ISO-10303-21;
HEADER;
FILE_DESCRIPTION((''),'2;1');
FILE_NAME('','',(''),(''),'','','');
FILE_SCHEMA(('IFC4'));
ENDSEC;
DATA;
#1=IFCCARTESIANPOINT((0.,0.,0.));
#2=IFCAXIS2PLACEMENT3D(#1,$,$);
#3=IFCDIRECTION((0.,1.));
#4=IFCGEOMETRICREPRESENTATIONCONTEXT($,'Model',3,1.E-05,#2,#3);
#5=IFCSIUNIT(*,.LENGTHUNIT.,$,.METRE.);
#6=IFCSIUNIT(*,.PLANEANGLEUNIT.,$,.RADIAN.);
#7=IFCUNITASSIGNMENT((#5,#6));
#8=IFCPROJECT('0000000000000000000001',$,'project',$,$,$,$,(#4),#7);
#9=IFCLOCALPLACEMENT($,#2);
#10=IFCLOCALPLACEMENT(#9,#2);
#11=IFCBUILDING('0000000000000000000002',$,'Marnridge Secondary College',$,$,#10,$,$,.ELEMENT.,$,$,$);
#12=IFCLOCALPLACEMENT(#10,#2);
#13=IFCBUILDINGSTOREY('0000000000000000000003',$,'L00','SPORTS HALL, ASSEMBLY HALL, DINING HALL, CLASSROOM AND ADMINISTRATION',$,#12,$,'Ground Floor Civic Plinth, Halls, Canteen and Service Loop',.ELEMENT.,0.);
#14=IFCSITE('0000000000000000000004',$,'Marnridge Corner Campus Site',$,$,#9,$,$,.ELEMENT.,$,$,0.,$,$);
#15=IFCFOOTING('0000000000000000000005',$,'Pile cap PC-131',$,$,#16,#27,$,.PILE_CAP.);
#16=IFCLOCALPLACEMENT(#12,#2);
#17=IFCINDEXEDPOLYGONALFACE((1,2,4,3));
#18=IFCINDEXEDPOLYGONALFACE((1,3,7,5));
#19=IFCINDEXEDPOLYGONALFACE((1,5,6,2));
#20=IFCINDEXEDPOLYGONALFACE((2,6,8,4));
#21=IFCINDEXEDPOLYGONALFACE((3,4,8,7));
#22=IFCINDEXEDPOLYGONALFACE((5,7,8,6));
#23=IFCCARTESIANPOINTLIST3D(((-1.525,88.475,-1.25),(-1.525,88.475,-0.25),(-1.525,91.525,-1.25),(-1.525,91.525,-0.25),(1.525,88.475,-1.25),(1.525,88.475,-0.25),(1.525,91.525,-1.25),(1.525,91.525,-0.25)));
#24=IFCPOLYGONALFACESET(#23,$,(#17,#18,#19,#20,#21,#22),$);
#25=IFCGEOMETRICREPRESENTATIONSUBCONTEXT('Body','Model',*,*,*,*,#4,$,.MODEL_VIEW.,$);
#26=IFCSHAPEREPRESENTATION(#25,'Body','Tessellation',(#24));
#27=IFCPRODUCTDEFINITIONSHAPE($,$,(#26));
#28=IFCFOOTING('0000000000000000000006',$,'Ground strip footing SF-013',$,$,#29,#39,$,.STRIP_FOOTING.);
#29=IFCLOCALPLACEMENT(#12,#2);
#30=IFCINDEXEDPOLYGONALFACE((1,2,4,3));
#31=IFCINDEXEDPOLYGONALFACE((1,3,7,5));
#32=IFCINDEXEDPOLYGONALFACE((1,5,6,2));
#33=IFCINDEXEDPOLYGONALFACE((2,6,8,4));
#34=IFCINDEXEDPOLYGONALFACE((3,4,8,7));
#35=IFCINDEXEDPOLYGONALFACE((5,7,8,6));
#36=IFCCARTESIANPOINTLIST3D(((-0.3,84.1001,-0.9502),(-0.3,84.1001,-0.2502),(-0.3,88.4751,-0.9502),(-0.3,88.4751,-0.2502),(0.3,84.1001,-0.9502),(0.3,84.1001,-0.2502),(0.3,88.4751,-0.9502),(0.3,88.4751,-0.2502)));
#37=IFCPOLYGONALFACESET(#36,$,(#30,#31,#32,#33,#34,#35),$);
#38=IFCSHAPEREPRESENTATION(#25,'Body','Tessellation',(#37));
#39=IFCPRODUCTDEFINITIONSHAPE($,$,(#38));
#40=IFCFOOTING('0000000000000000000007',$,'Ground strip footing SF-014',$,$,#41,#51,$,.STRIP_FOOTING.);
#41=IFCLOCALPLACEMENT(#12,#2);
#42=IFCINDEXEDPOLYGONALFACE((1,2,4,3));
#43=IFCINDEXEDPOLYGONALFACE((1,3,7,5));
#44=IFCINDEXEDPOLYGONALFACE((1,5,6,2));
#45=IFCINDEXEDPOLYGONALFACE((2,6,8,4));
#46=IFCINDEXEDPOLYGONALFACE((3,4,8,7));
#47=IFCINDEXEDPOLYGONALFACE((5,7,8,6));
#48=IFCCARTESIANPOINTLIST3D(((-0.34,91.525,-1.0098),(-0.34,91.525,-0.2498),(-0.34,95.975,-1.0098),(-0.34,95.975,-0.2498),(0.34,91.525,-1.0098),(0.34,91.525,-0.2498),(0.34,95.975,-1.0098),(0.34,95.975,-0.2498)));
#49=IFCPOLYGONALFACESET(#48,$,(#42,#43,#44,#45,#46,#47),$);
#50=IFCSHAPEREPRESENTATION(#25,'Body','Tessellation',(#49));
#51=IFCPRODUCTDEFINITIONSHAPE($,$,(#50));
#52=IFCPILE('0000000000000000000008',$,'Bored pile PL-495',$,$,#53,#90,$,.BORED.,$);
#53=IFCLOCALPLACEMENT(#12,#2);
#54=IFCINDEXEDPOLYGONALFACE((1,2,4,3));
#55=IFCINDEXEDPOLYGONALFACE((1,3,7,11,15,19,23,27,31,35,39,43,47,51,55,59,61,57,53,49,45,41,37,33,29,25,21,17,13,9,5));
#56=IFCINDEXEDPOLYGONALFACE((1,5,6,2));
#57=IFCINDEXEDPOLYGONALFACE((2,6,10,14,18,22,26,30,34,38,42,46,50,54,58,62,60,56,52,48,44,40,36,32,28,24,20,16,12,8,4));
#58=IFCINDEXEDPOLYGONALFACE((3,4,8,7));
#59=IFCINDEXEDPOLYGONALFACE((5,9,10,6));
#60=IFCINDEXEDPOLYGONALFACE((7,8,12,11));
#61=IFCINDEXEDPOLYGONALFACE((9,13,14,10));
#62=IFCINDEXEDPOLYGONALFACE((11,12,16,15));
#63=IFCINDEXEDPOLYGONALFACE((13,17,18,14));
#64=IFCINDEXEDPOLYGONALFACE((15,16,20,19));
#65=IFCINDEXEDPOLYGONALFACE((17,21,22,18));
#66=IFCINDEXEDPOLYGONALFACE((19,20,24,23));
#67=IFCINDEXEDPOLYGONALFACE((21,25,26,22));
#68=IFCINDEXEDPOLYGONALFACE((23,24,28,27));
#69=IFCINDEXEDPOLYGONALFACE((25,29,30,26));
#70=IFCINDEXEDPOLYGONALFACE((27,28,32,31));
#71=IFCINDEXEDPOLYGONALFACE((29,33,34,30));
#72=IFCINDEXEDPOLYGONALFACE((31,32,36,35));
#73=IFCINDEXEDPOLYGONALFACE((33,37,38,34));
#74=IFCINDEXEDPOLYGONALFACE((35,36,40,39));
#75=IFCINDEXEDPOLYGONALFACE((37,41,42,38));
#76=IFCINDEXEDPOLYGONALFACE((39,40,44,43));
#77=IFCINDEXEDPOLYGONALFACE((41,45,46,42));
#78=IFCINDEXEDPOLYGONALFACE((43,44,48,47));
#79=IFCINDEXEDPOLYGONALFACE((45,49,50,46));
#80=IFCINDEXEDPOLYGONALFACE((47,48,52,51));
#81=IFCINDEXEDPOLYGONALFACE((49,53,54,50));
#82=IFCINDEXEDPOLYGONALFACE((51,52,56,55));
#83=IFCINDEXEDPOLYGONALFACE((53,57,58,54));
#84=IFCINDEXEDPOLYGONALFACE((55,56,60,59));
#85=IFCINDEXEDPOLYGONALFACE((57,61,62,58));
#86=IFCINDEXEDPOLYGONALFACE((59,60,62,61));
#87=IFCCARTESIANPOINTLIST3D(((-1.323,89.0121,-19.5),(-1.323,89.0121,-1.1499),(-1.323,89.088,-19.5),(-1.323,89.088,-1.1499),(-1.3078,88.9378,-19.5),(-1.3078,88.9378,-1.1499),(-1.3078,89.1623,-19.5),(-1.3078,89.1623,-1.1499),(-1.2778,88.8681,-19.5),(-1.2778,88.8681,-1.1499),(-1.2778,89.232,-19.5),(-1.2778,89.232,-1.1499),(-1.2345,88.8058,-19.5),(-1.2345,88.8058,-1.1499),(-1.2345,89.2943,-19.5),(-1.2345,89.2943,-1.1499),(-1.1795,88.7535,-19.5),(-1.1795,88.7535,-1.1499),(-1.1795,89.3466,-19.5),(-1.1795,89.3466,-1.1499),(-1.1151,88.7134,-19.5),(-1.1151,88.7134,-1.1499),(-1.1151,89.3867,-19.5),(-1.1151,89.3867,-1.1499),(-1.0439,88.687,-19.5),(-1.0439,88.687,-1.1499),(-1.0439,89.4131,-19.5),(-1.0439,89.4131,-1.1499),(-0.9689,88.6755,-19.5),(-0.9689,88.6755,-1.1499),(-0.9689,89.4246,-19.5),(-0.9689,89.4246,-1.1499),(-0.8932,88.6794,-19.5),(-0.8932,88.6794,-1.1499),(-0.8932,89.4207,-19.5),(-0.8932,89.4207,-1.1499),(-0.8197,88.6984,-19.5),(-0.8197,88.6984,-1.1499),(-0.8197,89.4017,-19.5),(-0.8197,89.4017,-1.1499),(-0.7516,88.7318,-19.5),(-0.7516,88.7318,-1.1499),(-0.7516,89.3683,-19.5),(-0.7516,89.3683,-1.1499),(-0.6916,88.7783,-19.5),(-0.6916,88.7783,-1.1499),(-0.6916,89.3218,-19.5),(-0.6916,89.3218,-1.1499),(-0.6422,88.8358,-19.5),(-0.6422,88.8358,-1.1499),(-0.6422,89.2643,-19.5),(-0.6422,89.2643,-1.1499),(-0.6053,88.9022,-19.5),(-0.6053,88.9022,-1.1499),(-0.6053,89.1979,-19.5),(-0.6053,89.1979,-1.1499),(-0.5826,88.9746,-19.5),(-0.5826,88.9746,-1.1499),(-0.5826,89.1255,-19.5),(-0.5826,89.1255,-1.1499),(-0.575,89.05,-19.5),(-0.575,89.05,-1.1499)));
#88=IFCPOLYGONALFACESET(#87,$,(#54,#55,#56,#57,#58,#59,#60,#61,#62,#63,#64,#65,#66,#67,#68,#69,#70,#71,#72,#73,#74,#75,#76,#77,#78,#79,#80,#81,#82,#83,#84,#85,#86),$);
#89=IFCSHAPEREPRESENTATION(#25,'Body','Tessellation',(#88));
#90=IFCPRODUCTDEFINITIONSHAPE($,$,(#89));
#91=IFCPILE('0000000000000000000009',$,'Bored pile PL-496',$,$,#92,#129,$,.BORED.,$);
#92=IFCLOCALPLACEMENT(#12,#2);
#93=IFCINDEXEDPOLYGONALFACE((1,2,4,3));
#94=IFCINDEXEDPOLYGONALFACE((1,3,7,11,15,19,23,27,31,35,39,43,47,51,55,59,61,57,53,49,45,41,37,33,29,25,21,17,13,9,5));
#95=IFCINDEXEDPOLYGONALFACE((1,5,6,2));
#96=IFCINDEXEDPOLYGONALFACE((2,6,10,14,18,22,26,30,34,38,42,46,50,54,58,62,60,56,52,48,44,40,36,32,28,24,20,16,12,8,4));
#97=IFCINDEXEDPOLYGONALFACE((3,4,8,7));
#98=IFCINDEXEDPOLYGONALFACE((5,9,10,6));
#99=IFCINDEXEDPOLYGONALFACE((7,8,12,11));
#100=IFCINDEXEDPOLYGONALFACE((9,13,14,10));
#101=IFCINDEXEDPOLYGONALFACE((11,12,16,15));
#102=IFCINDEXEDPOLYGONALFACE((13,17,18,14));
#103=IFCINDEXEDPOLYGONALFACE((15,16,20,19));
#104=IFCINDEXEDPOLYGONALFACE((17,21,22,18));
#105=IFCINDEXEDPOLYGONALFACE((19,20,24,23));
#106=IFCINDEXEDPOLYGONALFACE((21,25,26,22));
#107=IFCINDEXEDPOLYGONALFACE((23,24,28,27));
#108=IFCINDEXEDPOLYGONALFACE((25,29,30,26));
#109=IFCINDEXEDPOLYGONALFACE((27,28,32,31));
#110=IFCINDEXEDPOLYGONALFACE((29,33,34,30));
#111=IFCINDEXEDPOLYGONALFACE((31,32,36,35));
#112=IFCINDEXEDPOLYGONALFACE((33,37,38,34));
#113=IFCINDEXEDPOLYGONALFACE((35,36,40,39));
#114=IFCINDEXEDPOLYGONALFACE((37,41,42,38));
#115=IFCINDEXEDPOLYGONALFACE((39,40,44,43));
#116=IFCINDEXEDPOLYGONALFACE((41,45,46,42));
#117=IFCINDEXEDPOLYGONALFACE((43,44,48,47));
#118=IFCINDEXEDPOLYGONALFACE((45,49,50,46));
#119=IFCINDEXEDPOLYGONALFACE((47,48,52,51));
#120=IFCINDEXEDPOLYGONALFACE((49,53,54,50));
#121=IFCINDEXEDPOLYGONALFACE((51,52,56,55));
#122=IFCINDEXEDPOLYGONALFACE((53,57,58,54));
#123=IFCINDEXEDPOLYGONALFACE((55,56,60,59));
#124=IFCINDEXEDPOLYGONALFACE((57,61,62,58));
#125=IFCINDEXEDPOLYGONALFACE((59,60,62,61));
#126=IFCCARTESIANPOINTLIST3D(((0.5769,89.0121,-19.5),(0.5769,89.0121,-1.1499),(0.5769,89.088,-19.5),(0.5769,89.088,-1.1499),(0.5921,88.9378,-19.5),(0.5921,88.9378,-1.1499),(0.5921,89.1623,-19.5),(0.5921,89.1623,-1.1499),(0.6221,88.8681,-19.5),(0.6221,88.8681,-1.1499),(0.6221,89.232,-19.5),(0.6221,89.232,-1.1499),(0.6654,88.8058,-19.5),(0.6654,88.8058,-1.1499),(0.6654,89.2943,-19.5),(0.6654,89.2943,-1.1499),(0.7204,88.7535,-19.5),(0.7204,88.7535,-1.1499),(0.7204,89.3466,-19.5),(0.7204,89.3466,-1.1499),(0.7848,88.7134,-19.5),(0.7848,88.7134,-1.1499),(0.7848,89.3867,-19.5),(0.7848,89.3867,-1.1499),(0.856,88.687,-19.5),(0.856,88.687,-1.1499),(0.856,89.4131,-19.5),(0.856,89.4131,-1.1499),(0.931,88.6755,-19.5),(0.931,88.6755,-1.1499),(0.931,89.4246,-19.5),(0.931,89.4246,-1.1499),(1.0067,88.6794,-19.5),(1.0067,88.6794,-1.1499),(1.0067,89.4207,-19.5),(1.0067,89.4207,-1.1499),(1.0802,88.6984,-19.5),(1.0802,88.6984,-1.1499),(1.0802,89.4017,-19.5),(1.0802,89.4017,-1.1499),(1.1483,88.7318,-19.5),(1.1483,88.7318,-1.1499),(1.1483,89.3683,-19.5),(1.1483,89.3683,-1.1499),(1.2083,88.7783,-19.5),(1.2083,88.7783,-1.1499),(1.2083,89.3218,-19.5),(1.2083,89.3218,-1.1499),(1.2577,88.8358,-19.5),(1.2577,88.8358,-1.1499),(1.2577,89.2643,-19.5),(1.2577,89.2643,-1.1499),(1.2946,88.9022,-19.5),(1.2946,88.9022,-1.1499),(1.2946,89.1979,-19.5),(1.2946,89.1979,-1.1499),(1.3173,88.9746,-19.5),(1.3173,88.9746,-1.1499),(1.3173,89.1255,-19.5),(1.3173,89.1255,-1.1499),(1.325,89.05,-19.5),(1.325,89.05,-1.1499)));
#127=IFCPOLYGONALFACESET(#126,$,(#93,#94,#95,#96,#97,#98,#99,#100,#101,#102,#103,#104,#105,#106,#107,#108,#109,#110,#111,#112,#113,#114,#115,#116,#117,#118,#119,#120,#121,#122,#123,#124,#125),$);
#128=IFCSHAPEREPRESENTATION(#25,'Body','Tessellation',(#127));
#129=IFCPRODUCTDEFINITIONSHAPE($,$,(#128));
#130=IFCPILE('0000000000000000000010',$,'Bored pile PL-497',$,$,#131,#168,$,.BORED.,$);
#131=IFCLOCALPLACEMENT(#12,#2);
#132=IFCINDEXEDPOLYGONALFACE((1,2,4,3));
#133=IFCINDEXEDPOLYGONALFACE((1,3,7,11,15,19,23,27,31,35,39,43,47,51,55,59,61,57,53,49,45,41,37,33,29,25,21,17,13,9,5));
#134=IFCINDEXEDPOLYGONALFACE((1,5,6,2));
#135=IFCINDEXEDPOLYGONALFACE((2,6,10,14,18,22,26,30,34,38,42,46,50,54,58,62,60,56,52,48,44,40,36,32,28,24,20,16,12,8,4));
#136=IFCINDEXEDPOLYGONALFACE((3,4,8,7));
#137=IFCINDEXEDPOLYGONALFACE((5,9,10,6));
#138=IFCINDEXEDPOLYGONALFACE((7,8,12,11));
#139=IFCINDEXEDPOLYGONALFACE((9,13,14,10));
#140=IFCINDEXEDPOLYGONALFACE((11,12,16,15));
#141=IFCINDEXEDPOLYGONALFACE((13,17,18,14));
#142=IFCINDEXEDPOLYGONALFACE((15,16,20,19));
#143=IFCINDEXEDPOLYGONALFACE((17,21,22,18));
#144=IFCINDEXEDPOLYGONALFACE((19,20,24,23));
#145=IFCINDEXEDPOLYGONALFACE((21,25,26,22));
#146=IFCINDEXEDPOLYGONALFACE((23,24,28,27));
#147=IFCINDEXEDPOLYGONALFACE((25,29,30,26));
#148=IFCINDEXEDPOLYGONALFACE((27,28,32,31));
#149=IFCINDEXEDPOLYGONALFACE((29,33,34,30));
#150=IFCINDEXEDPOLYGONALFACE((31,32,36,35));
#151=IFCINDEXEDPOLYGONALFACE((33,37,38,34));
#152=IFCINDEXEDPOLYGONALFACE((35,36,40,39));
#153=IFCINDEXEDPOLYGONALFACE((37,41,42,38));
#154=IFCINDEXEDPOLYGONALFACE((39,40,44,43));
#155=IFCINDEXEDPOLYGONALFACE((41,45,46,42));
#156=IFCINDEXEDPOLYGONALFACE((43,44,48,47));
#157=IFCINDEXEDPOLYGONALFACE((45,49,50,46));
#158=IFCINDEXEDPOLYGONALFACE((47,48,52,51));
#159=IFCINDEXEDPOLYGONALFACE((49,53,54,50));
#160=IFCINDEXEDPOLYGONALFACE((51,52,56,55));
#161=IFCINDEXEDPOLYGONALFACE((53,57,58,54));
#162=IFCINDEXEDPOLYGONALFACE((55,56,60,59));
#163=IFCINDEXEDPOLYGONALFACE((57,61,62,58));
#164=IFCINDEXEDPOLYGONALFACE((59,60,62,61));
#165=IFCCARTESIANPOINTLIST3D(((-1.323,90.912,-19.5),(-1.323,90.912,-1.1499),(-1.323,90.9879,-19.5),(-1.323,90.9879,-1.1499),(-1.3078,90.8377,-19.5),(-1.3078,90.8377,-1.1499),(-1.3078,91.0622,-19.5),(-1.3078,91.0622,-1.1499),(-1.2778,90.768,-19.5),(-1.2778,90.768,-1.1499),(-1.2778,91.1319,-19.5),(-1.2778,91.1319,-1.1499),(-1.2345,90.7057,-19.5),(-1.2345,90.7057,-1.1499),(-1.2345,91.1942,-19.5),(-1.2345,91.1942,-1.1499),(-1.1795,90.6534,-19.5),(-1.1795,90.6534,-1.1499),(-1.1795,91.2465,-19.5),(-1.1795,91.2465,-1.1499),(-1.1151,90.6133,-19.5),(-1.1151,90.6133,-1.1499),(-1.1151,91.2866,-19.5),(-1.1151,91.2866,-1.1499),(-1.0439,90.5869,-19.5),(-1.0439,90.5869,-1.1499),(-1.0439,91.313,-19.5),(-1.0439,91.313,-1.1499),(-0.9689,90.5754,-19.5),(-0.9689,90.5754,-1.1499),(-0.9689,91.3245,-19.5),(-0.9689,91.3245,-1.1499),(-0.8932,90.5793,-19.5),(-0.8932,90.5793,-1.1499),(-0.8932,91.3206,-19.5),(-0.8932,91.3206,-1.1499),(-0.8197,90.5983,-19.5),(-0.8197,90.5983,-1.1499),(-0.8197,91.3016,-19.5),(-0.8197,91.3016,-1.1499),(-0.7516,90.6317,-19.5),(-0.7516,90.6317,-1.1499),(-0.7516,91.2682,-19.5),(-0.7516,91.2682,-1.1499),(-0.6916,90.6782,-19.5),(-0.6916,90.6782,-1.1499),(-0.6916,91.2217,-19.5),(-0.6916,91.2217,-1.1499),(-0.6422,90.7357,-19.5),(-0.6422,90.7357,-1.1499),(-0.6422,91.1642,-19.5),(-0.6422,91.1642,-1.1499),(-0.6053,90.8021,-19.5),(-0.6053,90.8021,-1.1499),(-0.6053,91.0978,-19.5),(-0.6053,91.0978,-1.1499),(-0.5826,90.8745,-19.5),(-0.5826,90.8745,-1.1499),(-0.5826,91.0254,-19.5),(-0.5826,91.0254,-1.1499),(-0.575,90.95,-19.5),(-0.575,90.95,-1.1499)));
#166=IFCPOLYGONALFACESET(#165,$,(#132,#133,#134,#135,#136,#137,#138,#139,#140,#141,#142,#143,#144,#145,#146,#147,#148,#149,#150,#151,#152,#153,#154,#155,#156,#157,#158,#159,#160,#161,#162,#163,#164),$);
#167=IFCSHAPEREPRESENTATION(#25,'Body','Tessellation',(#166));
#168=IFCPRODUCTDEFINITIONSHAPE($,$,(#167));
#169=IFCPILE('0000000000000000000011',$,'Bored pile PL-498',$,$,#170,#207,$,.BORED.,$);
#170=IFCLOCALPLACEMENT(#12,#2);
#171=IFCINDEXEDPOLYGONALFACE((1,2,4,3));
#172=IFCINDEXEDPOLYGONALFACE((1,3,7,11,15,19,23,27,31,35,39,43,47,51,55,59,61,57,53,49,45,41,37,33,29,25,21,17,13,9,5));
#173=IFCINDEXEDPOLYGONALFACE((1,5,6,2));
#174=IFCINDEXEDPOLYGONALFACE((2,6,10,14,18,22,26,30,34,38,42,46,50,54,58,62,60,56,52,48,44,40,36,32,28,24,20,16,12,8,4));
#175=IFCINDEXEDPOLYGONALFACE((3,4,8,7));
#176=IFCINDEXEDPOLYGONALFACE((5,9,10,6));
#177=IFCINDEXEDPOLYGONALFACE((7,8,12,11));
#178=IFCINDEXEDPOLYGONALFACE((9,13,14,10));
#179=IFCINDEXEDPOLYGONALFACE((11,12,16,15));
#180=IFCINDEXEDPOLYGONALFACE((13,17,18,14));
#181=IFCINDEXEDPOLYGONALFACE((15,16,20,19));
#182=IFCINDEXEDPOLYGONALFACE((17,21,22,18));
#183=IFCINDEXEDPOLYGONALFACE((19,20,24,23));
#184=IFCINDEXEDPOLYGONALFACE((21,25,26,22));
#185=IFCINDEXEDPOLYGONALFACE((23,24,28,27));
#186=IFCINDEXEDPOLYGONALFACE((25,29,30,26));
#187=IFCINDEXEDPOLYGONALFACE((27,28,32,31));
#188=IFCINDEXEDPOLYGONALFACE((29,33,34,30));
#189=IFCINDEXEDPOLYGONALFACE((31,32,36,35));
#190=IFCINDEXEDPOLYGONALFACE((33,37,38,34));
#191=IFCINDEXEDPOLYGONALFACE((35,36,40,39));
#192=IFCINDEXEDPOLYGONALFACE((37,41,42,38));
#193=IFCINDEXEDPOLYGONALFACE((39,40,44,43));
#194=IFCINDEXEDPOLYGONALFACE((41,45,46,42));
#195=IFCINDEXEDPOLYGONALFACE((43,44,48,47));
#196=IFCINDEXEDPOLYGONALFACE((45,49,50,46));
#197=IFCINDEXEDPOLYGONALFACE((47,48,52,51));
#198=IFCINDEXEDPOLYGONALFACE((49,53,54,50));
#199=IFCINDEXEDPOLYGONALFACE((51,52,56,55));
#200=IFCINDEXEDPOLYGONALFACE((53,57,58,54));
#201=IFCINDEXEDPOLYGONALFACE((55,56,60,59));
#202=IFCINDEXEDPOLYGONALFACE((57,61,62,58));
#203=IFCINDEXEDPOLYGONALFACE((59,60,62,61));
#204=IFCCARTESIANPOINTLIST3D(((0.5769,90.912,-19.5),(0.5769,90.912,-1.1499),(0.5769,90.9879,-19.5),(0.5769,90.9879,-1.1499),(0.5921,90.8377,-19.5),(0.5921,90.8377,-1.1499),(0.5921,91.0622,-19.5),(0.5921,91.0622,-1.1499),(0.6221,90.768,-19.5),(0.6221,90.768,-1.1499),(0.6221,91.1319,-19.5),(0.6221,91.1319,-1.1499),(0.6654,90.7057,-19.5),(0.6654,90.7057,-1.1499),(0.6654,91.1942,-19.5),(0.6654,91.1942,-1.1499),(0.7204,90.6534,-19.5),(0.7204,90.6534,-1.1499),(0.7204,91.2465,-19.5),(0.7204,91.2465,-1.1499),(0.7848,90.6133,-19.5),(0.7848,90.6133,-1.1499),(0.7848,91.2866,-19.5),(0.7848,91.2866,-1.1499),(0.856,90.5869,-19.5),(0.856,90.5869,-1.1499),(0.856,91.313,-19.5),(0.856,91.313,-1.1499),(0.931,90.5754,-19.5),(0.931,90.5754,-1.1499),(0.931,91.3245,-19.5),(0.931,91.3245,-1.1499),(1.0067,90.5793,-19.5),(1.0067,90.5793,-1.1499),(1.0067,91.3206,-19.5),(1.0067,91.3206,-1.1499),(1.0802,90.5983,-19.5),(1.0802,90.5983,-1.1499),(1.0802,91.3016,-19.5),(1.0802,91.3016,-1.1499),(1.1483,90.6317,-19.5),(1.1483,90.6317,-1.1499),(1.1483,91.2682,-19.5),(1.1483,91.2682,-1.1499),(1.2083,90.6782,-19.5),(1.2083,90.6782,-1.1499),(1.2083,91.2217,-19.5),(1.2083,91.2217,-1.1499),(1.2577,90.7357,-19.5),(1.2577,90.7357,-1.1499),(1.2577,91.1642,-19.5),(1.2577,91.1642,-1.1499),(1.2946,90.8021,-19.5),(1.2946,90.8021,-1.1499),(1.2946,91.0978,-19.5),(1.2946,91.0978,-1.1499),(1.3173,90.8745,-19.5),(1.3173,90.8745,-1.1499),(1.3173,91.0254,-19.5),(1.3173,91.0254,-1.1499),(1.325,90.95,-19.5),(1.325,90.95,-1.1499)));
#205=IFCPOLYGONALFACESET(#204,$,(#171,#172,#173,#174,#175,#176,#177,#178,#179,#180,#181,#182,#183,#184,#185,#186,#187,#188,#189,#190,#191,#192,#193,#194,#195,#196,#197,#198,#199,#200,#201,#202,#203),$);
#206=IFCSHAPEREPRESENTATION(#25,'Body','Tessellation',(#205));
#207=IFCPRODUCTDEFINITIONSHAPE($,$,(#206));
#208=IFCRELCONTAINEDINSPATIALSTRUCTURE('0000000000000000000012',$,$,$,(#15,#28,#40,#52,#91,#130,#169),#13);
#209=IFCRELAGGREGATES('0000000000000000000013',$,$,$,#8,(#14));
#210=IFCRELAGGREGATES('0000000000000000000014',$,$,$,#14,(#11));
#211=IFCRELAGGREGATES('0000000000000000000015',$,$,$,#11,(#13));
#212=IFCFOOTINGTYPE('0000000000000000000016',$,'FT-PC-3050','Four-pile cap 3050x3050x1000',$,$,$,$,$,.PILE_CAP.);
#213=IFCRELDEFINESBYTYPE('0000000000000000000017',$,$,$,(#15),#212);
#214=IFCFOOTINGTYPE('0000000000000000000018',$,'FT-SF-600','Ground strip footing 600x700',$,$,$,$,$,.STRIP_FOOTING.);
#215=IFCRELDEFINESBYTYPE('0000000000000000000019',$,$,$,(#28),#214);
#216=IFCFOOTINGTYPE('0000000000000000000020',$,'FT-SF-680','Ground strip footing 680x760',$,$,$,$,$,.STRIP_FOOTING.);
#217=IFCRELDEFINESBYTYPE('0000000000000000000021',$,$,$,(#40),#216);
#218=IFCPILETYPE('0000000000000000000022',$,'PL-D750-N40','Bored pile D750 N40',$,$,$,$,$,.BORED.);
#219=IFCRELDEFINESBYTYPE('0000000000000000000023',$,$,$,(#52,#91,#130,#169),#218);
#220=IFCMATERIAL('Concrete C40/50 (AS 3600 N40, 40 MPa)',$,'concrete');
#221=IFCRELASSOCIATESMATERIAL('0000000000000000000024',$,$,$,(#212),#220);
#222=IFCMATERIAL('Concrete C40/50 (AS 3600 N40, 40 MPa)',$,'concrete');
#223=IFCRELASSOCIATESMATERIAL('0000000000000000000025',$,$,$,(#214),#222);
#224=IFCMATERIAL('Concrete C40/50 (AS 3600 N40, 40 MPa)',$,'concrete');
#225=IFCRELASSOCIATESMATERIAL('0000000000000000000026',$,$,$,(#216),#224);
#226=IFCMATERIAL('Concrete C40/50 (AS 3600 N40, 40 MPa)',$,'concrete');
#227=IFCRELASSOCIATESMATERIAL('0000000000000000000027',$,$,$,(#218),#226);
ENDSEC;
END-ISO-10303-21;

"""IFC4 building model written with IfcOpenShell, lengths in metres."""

from ifc_helpers import new_model, si_unit, direction, frame, origin, origin_2d, place, context, subcontext, project, spatial, rectangle, circle, extrude, material, material_profile, profile_set, type_object, element, save


model = new_model("IFC4")

# Units and contexts
model_context = context("Model", 3, precision=1e-05, world=origin(), true_north=direction((0.0, 1.0)))
body_context = subcontext(model_context, "Body", "Model", "MODEL_VIEW")
ifc_project = project(units=[si_unit("LENGTHUNIT", "METRE"), si_unit("PLANEANGLEUNIT", "RADIAN")], contexts=[model_context])

# Site, building, storey
site_placement = place(None, origin())
site = spatial("IfcSite", under=ifc_project, at=site_placement, Name="Marnridge Corner Campus Site", CompositionType="ELEMENT", RefElevation=0.0)
building_placement = place(site_placement, origin())
building = spatial("IfcBuilding", under=site, at=building_placement, Name="Marnridge Secondary College", CompositionType="ELEMENT")
storey_placement = place(building_placement, origin())
storey = spatial("IfcBuildingStorey", under=building, at=storey_placement, Name="L00", Description="SPORTS HALL, ASSEMBLY HALL, DINING HALL, CLASSROOM AND ADMINISTRATION", LongName="Ground Floor Civic Plinth, Halls, Canteen and Service Loop", CompositionType="ELEMENT", Elevation=0.0)

# Footings
ifc_material_1 = material(Name="Concrete C40/50 (AS 3600 N40, 40 MPa)", Category="concrete")
footing_type_1 = type_object("IfcFootingType", Name="FT-PC-3050", Description="Four-pile cap 3050x3050x1000", PredefinedType="PILE_CAP", material=ifc_material_1)
footing_1_placement = place(storey_placement, frame((0.0, 90.0, -1.25), z_axis=(0.0, 0.0, 1.0), x_axis=(1.0, 0.0, 0.0)))
element("IfcFooting", 1, at=footing_1_placement, inside=storey, type_object=footing_type_1, Name="Pile cap PC-131", PredefinedType="PILE_CAP", context=body_context, shape_type="SweptSolid", body=[
    extrude(rectangle(XDim=3.05, YDim=3.05, at=origin_2d()), origin(), (0.0, 0.0, 1.0), 1.0),
])
ifc_material_2 = material(Name="Concrete C40/50 (AS 3600 N40, 40 MPa)", Category="concrete")
footing_type_2 = type_object("IfcFootingType", Name="FT-SF-600", Description="Ground strip footing 600x700", PredefinedType="STRIP_FOOTING", material=ifc_material_2)
footing_2_placement = place(storey_placement, frame((0.0, 86.2876, -0.9502), z_axis=(0.0, 0.0, 1.0), x_axis=(1.0, 0.0, 0.0)))
element("IfcFooting", 2, at=footing_2_placement, inside=storey, type_object=footing_type_2, Name="Ground strip footing SF-013", PredefinedType="STRIP_FOOTING", context=body_context, shape_type="SweptSolid", body=[
    extrude(rectangle(XDim=0.6001, YDim=4.375, at=origin_2d()), origin(), (0.0, 0.0, 1.0), 0.7),
])
ifc_material_3 = material(Name="Concrete C40/50 (AS 3600 N40, 40 MPa)", Category="concrete")
footing_type_3 = type_object("IfcFootingType", Name="FT-SF-680", Description="Ground strip footing 680x760", PredefinedType="STRIP_FOOTING", material=ifc_material_3)
footing_3_placement = place(storey_placement, frame((0.0, 93.75, -1.0098), z_axis=(0.0, 0.0, 1.0), x_axis=(1.0, 0.0, 0.0)))
element("IfcFooting", 3, at=footing_3_placement, inside=storey, type_object=footing_type_3, Name="Ground strip footing SF-014", PredefinedType="STRIP_FOOTING", context=body_context, shape_type="SweptSolid", body=[
    extrude(rectangle(XDim=0.6799, YDim=4.45, at=origin_2d()), origin(), (0.0, 0.0, 1.0), 0.76),
])

# Piles
ifc_material_4 = material(Name="Concrete C40/50 (AS 3600 N40, 40 MPa)", Category="concrete")
ifc_material_profile_1 = material_profile(ifc_material_4, circle(Radius=0.375, at=origin_2d()), Name="PILE D750")
ifc_profile_set_1 = profile_set([ifc_material_profile_1], Name="Concrete C40/50 (AS 3600 N40, 40 MPa)")
pile_type = type_object("IfcPileType", Name="PL-D750-N40", Description="Bored pile D750 N40", PredefinedType="BORED", material=ifc_profile_set_1)
for number, where, z_axis, x_axis, name in (
    (4, (-0.95, 89.05, -1.1499), (0.0, 0.0, -1.0), (1.0, 0.0, 0.0), "Bored pile PL-495"),
    (5, (0.95, 89.05, -1.1499), (0.0, 0.0, -1.0), (1.0, 0.0, 0.0), "Bored pile PL-496"),
    (6, (-0.95, 90.95, -1.1499), (0.0, 0.0, -1.0), (1.0, 0.0, 0.0), "Bored pile PL-497"),
    (7, (0.95, 90.95, -1.1499), (0.0, 0.0, -1.0), (1.0, 0.0, 0.0), "Bored pile PL-498"),
):
    element("IfcPile", number, at=place(storey_placement, frame(where, z_axis=z_axis, x_axis=x_axis)), inside=storey, type_object=pile_type, Name=name, PredefinedType="BORED", context=body_context, shape_type="SweptSolid", body=[
        extrude(circle(Radius=0.375, at=origin_2d()), origin(), (0.0, 0.0, 1.0), 18.3501),
    ])

save(model, "model.ifc")
